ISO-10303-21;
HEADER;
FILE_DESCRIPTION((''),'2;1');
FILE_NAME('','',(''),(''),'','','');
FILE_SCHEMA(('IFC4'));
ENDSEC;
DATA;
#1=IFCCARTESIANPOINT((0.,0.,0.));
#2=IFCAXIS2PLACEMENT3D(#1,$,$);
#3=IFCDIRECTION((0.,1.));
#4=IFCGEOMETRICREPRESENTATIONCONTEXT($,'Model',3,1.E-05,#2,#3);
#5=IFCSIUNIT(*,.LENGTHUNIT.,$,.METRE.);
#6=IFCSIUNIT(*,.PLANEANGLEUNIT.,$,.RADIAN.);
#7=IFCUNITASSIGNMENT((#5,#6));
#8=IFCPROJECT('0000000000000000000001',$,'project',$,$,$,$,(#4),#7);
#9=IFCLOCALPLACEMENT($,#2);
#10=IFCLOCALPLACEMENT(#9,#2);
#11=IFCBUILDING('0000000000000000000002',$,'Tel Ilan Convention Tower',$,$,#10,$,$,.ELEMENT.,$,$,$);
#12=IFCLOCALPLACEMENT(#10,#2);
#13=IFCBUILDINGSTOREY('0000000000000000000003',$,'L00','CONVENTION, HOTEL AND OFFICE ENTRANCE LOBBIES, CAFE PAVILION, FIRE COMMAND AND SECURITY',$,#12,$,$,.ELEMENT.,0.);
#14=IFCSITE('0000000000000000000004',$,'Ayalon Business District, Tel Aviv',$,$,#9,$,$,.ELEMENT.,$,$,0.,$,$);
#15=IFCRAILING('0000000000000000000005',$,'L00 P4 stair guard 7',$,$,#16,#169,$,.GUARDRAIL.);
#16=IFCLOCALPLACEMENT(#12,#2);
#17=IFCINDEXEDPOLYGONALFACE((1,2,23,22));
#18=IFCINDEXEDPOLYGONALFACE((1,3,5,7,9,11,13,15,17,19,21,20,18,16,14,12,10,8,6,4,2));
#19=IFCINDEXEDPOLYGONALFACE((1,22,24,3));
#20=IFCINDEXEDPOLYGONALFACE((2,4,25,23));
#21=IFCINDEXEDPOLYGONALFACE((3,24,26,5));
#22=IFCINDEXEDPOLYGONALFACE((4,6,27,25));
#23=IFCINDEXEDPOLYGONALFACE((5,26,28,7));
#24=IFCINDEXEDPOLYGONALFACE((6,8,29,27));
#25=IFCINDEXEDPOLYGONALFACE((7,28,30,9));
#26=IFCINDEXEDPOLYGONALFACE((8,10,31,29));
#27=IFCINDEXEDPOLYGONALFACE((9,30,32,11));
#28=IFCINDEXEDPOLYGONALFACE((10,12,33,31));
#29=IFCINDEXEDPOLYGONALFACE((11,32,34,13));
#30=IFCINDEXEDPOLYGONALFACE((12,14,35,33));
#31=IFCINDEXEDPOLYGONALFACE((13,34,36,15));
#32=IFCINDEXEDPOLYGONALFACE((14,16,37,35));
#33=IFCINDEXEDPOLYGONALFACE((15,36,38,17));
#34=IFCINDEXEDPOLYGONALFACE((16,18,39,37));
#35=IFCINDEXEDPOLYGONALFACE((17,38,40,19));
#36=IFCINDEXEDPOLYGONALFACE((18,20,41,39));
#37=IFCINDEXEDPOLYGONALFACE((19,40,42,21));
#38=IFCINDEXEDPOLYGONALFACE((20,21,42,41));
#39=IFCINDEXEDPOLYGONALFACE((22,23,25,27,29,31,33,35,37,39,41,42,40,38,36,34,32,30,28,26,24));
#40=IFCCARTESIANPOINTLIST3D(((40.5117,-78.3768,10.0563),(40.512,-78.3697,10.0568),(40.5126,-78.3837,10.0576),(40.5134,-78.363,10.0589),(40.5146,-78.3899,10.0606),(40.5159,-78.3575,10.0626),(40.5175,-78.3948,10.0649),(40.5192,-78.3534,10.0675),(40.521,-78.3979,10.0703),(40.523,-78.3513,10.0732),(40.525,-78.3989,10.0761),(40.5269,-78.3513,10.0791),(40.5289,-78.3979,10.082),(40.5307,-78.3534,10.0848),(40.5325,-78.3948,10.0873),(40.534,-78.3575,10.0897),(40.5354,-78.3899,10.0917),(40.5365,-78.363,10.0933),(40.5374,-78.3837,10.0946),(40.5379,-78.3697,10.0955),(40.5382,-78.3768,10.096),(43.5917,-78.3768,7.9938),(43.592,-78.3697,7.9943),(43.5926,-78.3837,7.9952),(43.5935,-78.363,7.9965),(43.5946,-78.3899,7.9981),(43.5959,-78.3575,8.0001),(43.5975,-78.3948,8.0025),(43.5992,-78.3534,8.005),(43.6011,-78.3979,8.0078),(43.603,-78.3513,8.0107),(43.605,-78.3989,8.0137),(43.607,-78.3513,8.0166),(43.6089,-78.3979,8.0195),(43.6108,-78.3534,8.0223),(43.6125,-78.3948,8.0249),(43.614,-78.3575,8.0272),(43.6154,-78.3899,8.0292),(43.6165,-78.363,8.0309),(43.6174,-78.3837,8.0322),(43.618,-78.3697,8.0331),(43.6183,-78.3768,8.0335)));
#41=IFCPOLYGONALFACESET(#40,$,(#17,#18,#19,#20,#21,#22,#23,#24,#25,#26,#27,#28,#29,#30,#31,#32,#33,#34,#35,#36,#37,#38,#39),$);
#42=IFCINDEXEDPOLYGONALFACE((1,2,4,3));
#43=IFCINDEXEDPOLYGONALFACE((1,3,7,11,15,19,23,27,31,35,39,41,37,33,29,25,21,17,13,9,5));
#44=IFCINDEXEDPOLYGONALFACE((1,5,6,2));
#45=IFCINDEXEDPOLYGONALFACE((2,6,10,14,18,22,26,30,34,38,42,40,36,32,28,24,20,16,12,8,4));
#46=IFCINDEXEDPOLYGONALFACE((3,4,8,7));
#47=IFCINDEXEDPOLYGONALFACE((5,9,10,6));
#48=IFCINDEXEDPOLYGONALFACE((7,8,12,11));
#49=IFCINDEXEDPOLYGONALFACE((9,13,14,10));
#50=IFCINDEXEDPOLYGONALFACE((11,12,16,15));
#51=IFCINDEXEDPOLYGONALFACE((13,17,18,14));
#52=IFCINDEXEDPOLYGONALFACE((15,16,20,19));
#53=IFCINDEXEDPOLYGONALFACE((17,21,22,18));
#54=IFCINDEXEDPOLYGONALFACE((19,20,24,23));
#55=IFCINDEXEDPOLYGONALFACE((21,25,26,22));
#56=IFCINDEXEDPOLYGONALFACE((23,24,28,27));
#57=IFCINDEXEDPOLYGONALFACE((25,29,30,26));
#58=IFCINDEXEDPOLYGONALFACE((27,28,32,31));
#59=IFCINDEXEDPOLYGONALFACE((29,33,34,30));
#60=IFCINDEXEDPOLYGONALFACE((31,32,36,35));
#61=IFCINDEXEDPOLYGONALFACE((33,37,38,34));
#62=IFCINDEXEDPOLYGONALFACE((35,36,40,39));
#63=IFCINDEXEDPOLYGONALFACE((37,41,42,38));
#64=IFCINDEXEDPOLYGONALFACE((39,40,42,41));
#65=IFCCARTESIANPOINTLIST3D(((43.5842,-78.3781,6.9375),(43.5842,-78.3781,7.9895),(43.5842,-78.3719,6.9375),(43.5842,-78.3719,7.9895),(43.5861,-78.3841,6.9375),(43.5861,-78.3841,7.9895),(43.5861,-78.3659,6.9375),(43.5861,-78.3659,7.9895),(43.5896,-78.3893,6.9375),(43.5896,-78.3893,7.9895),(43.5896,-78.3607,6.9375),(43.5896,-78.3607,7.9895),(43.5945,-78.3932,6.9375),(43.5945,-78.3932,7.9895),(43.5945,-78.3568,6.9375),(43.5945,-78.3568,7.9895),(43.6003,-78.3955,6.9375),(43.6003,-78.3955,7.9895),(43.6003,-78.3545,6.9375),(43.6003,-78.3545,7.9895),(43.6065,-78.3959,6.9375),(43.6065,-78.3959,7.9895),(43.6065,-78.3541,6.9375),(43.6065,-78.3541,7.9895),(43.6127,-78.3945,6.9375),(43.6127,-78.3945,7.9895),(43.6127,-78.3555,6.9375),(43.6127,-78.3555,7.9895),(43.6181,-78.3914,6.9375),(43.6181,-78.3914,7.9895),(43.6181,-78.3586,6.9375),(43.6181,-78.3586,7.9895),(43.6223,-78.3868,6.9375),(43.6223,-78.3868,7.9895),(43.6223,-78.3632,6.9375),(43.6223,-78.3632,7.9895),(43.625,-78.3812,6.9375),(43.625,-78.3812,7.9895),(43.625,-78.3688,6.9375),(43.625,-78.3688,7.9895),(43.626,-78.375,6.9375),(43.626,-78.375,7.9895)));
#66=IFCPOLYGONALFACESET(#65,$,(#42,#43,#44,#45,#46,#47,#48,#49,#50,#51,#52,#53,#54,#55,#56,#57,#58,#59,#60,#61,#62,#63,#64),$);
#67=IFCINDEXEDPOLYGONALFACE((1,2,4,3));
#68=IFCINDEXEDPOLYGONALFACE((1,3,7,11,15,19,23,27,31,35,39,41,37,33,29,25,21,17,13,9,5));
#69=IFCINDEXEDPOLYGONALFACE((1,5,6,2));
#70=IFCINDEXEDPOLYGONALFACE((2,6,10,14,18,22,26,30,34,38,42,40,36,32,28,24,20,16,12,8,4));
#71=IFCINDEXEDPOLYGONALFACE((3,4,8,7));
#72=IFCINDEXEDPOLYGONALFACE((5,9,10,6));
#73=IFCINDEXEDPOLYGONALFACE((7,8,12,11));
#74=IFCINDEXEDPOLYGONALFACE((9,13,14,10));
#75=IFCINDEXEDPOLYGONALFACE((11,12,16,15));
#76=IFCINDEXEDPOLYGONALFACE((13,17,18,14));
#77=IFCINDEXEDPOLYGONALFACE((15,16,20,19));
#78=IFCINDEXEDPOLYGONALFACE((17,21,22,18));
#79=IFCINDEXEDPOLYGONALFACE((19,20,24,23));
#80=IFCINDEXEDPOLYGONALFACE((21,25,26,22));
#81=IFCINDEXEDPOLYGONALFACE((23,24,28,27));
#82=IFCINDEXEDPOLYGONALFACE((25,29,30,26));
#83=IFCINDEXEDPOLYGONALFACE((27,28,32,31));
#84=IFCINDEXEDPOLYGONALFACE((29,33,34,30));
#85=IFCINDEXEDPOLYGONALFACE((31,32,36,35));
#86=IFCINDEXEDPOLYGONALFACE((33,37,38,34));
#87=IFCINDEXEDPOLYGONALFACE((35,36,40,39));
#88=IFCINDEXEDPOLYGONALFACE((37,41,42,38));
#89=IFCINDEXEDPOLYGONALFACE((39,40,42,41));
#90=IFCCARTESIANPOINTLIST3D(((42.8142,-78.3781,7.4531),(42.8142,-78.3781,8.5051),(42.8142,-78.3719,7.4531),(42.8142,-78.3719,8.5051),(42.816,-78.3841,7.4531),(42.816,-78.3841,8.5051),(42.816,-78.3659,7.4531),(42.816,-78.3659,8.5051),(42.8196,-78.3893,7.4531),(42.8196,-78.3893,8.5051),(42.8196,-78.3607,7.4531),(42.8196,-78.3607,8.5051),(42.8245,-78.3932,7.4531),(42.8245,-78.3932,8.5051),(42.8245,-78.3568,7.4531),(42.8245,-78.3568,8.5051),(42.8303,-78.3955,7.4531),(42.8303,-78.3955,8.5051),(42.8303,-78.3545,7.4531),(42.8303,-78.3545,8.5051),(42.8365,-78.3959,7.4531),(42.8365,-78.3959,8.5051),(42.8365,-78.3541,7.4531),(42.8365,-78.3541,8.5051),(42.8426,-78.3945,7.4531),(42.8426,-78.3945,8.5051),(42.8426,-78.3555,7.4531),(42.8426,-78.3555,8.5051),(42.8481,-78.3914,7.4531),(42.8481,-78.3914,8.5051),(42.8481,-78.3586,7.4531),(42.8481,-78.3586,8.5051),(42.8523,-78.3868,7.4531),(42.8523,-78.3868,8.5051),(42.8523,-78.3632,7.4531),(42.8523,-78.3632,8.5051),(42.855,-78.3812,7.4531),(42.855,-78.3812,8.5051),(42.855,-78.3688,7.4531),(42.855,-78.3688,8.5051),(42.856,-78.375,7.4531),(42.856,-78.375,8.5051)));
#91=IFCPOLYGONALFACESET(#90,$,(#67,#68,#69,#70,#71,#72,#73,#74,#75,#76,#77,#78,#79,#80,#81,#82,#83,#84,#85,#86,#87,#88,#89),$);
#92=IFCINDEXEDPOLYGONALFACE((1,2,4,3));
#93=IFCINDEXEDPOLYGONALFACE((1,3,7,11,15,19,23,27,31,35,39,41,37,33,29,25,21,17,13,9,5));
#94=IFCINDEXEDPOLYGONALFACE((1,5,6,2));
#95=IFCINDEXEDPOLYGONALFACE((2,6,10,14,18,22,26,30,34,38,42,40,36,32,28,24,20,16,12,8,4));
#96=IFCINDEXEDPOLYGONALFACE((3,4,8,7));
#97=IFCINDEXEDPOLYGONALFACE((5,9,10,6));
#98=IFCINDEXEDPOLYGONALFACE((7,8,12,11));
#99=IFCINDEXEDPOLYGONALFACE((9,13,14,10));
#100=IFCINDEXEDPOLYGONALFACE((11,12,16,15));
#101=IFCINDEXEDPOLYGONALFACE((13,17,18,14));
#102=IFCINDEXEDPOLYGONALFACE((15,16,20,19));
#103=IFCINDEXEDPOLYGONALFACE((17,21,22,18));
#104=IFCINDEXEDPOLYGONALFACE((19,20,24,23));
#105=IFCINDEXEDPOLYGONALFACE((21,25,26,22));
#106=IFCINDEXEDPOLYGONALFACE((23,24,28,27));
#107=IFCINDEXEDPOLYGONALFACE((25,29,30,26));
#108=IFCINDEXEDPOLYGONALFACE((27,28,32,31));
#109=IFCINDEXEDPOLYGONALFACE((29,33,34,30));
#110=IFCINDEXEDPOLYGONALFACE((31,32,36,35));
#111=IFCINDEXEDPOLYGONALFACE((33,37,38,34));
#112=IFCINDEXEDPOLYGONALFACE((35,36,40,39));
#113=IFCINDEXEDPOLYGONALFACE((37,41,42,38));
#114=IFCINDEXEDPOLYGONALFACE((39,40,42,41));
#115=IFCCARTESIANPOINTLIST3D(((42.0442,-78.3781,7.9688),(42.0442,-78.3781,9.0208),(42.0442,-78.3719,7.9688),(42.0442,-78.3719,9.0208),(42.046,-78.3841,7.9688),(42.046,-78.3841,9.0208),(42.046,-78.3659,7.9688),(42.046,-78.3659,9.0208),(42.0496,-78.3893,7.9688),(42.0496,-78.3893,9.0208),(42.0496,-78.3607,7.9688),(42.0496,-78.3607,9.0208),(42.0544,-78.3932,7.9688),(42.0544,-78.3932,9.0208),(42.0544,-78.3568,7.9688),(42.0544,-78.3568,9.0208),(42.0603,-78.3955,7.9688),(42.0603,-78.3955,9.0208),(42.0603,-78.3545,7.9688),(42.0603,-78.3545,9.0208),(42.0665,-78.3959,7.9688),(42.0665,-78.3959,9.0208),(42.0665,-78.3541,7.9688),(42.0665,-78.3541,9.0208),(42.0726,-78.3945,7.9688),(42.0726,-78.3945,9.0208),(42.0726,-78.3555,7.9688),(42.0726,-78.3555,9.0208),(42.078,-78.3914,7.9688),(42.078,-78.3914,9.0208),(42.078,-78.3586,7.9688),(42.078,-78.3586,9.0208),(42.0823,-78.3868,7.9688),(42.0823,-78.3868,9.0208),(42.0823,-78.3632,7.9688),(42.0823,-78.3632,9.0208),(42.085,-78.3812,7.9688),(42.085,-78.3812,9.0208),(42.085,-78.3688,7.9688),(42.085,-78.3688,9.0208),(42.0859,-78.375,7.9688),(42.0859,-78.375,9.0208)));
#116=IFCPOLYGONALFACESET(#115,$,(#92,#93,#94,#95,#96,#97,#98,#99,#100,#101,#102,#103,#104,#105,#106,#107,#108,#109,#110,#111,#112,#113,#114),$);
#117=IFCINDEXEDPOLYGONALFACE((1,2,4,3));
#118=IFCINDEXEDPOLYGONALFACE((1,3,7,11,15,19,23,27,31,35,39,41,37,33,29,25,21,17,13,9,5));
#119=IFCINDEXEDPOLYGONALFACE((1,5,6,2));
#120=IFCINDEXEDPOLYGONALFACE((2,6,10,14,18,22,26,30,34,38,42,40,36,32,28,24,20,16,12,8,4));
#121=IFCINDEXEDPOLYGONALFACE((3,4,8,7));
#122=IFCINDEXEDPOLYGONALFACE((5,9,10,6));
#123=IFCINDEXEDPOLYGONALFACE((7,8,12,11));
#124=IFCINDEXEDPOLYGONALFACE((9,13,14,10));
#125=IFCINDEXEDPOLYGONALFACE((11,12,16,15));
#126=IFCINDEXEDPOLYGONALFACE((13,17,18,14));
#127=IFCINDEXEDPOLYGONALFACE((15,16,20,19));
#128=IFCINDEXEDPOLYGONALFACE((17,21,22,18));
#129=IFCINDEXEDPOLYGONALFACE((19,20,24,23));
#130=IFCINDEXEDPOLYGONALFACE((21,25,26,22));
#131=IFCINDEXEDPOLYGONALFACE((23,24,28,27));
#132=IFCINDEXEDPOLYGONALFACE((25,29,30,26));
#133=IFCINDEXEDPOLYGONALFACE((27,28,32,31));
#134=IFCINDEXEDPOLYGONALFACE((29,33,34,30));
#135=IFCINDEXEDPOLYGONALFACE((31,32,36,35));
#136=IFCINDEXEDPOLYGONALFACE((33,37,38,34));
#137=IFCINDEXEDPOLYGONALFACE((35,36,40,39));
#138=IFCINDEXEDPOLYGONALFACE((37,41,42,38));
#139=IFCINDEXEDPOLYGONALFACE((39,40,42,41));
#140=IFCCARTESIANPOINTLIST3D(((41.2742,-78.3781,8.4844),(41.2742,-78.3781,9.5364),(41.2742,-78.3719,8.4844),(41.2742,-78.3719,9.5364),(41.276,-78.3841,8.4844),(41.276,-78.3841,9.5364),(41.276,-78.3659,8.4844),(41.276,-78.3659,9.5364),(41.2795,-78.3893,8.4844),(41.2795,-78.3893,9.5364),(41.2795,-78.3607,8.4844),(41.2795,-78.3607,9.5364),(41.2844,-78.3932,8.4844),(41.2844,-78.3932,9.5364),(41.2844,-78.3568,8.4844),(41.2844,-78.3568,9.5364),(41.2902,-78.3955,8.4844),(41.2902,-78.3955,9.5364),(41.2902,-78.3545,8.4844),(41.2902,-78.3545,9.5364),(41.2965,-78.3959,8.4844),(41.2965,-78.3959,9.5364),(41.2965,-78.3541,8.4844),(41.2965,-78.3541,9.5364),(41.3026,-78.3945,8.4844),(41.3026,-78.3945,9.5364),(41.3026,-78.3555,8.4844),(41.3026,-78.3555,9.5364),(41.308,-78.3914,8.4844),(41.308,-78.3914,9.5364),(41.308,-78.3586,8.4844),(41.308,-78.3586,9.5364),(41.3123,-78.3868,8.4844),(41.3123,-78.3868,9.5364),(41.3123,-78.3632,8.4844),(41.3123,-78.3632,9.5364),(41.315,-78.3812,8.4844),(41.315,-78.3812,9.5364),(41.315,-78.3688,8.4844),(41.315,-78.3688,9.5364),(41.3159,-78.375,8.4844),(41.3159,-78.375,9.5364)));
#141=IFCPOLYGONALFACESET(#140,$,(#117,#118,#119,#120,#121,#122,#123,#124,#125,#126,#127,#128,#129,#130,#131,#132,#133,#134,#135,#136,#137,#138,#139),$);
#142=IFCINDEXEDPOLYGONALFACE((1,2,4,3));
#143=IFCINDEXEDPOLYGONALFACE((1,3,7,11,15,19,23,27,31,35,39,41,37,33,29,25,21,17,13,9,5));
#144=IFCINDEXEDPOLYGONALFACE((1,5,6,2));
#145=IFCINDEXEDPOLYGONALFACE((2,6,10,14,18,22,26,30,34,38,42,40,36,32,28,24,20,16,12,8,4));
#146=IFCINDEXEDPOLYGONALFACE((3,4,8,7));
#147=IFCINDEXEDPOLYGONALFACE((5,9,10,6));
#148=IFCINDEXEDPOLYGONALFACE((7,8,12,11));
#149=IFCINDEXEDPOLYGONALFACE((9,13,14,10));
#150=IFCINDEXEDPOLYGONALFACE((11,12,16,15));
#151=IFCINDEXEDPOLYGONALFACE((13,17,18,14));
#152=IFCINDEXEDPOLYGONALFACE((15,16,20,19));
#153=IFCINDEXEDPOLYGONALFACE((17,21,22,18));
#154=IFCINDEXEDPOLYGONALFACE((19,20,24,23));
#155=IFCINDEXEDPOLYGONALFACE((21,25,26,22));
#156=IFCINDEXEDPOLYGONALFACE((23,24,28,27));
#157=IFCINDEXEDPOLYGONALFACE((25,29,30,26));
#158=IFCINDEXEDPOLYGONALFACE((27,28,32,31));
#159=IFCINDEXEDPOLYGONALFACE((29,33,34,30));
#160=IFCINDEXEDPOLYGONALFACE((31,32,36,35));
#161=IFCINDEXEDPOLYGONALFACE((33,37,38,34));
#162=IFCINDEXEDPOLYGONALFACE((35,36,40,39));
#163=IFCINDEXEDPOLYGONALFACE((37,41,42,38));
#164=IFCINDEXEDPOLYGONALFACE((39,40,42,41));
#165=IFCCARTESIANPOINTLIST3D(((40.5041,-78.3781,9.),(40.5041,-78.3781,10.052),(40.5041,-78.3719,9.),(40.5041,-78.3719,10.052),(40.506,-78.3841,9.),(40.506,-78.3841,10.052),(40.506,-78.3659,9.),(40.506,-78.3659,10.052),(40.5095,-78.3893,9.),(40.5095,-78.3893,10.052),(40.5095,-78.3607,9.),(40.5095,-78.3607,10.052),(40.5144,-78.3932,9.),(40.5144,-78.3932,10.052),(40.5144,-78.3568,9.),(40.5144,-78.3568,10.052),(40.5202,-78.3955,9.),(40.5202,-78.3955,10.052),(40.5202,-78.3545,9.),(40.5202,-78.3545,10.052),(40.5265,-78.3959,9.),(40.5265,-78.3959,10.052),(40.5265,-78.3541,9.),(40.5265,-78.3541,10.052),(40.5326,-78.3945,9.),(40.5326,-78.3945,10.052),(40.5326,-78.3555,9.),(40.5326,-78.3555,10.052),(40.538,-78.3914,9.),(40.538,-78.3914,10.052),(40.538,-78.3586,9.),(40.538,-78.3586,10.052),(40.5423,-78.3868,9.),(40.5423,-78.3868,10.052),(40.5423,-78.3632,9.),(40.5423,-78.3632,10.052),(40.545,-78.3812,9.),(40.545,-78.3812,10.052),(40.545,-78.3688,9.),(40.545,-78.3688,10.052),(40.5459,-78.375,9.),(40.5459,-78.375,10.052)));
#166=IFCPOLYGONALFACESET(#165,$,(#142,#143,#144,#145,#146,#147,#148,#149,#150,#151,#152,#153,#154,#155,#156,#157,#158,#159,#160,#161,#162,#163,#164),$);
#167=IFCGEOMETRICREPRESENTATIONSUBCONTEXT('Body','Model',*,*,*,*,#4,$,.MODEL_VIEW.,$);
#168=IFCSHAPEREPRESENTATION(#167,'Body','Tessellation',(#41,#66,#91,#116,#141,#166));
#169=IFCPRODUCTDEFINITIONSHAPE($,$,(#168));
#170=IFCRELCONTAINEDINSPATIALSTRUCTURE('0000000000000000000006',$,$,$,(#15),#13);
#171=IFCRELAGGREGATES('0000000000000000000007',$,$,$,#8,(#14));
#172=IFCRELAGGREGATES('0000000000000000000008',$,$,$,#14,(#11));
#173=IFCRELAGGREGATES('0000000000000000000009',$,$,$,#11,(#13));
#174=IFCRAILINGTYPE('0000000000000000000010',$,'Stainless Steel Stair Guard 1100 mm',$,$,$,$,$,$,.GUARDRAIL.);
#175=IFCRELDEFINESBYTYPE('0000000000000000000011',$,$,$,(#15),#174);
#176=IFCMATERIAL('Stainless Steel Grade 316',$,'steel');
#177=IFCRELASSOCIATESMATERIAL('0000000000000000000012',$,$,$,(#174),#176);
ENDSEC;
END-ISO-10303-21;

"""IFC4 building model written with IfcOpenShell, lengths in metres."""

from ifc_helpers import new_model, si_unit, direction, frame, origin, origin_2d, place, context, subcontext, project, spatial, circle, extrude, material, type_object, element, save


model = new_model("IFC4")

# Units and contexts
model_context = context("Model", 3, precision=1e-05, world=origin(), true_north=direction((0.0, 1.0)))
body_context = subcontext(model_context, "Body", "Model", "MODEL_VIEW")
ifc_project = project(units=[si_unit("LENGTHUNIT", "METRE"), si_unit("PLANEANGLEUNIT", "RADIAN")], contexts=[model_context])

# Site, building, storey
site_placement = place(None, origin())
site = spatial("IfcSite", under=ifc_project, at=site_placement, Name="Ayalon Business District, Tel Aviv", CompositionType="ELEMENT", RefElevation=0.0)
building_placement = place(site_placement, origin())
building = spatial("IfcBuilding", under=site, at=building_placement, Name="Tel Ilan Convention Tower", CompositionType="ELEMENT")
storey_placement = place(building_placement, origin())
storey = spatial("IfcBuildingStorey", under=building, at=storey_placement, Name="L00", Description="CONVENTION, HOTEL AND OFFICE ENTRANCE LOBBIES, CAFE PAVILION, FIRE COMMAND AND SECURITY", CompositionType="ELEMENT", Elevation=0.0)

# Railing
ifc_material_1 = material(Name="Stainless Steel Grade 316", Category="steel")
railing_type_1 = type_object("IfcRailingType", Name="Stainless Steel Stair Guard 1100 mm", PredefinedType="GUARDRAIL", material=ifc_material_1)
railing_1_placement = place(storey_placement, frame((43.605, -78.375, 6.9375)))
element("IfcRailing", 1, at=railing_1_placement, inside=storey, type_object=railing_type_1, Name="L00 P4 stair guard 7", PredefinedType="GUARDRAIL", context=body_context, shape_type="SweptSolid", body=[
    extrude(circle(Radius=0.0239, at=origin_2d()), frame((0.0, 0.0, 1.0762), z_axis=(-0.830914, 0.0, 0.556401), x_axis=(0.0, -1.0, 0.0)), (0.0, 0.0, 1.0), 3.7068),
    extrude(circle(Radius=0.021, at=origin_2d()), origin(), (0.0, 0.0, 1.0), 1.052),
    extrude(circle(Radius=0.021, at=origin_2d()), frame((-0.77, 0.0, 0.5156)), (0.0, 0.0, 1.0), 1.052),
    extrude(circle(Radius=0.021, at=origin_2d()), frame((-1.54, 0.0, 1.0312)), (0.0, 0.0, 1.0), 1.052),
    extrude(circle(Radius=0.021, at=origin_2d()), frame((-2.3101, 0.0, 1.5469)), (0.0, 0.0, 1.0), 1.052),
    extrude(circle(Radius=0.021, at=origin_2d()), frame((-3.0801, 0.0, 2.0625)), (0.0, 0.0, 1.0), 1.052),
])

save(model, "model.ifc")
